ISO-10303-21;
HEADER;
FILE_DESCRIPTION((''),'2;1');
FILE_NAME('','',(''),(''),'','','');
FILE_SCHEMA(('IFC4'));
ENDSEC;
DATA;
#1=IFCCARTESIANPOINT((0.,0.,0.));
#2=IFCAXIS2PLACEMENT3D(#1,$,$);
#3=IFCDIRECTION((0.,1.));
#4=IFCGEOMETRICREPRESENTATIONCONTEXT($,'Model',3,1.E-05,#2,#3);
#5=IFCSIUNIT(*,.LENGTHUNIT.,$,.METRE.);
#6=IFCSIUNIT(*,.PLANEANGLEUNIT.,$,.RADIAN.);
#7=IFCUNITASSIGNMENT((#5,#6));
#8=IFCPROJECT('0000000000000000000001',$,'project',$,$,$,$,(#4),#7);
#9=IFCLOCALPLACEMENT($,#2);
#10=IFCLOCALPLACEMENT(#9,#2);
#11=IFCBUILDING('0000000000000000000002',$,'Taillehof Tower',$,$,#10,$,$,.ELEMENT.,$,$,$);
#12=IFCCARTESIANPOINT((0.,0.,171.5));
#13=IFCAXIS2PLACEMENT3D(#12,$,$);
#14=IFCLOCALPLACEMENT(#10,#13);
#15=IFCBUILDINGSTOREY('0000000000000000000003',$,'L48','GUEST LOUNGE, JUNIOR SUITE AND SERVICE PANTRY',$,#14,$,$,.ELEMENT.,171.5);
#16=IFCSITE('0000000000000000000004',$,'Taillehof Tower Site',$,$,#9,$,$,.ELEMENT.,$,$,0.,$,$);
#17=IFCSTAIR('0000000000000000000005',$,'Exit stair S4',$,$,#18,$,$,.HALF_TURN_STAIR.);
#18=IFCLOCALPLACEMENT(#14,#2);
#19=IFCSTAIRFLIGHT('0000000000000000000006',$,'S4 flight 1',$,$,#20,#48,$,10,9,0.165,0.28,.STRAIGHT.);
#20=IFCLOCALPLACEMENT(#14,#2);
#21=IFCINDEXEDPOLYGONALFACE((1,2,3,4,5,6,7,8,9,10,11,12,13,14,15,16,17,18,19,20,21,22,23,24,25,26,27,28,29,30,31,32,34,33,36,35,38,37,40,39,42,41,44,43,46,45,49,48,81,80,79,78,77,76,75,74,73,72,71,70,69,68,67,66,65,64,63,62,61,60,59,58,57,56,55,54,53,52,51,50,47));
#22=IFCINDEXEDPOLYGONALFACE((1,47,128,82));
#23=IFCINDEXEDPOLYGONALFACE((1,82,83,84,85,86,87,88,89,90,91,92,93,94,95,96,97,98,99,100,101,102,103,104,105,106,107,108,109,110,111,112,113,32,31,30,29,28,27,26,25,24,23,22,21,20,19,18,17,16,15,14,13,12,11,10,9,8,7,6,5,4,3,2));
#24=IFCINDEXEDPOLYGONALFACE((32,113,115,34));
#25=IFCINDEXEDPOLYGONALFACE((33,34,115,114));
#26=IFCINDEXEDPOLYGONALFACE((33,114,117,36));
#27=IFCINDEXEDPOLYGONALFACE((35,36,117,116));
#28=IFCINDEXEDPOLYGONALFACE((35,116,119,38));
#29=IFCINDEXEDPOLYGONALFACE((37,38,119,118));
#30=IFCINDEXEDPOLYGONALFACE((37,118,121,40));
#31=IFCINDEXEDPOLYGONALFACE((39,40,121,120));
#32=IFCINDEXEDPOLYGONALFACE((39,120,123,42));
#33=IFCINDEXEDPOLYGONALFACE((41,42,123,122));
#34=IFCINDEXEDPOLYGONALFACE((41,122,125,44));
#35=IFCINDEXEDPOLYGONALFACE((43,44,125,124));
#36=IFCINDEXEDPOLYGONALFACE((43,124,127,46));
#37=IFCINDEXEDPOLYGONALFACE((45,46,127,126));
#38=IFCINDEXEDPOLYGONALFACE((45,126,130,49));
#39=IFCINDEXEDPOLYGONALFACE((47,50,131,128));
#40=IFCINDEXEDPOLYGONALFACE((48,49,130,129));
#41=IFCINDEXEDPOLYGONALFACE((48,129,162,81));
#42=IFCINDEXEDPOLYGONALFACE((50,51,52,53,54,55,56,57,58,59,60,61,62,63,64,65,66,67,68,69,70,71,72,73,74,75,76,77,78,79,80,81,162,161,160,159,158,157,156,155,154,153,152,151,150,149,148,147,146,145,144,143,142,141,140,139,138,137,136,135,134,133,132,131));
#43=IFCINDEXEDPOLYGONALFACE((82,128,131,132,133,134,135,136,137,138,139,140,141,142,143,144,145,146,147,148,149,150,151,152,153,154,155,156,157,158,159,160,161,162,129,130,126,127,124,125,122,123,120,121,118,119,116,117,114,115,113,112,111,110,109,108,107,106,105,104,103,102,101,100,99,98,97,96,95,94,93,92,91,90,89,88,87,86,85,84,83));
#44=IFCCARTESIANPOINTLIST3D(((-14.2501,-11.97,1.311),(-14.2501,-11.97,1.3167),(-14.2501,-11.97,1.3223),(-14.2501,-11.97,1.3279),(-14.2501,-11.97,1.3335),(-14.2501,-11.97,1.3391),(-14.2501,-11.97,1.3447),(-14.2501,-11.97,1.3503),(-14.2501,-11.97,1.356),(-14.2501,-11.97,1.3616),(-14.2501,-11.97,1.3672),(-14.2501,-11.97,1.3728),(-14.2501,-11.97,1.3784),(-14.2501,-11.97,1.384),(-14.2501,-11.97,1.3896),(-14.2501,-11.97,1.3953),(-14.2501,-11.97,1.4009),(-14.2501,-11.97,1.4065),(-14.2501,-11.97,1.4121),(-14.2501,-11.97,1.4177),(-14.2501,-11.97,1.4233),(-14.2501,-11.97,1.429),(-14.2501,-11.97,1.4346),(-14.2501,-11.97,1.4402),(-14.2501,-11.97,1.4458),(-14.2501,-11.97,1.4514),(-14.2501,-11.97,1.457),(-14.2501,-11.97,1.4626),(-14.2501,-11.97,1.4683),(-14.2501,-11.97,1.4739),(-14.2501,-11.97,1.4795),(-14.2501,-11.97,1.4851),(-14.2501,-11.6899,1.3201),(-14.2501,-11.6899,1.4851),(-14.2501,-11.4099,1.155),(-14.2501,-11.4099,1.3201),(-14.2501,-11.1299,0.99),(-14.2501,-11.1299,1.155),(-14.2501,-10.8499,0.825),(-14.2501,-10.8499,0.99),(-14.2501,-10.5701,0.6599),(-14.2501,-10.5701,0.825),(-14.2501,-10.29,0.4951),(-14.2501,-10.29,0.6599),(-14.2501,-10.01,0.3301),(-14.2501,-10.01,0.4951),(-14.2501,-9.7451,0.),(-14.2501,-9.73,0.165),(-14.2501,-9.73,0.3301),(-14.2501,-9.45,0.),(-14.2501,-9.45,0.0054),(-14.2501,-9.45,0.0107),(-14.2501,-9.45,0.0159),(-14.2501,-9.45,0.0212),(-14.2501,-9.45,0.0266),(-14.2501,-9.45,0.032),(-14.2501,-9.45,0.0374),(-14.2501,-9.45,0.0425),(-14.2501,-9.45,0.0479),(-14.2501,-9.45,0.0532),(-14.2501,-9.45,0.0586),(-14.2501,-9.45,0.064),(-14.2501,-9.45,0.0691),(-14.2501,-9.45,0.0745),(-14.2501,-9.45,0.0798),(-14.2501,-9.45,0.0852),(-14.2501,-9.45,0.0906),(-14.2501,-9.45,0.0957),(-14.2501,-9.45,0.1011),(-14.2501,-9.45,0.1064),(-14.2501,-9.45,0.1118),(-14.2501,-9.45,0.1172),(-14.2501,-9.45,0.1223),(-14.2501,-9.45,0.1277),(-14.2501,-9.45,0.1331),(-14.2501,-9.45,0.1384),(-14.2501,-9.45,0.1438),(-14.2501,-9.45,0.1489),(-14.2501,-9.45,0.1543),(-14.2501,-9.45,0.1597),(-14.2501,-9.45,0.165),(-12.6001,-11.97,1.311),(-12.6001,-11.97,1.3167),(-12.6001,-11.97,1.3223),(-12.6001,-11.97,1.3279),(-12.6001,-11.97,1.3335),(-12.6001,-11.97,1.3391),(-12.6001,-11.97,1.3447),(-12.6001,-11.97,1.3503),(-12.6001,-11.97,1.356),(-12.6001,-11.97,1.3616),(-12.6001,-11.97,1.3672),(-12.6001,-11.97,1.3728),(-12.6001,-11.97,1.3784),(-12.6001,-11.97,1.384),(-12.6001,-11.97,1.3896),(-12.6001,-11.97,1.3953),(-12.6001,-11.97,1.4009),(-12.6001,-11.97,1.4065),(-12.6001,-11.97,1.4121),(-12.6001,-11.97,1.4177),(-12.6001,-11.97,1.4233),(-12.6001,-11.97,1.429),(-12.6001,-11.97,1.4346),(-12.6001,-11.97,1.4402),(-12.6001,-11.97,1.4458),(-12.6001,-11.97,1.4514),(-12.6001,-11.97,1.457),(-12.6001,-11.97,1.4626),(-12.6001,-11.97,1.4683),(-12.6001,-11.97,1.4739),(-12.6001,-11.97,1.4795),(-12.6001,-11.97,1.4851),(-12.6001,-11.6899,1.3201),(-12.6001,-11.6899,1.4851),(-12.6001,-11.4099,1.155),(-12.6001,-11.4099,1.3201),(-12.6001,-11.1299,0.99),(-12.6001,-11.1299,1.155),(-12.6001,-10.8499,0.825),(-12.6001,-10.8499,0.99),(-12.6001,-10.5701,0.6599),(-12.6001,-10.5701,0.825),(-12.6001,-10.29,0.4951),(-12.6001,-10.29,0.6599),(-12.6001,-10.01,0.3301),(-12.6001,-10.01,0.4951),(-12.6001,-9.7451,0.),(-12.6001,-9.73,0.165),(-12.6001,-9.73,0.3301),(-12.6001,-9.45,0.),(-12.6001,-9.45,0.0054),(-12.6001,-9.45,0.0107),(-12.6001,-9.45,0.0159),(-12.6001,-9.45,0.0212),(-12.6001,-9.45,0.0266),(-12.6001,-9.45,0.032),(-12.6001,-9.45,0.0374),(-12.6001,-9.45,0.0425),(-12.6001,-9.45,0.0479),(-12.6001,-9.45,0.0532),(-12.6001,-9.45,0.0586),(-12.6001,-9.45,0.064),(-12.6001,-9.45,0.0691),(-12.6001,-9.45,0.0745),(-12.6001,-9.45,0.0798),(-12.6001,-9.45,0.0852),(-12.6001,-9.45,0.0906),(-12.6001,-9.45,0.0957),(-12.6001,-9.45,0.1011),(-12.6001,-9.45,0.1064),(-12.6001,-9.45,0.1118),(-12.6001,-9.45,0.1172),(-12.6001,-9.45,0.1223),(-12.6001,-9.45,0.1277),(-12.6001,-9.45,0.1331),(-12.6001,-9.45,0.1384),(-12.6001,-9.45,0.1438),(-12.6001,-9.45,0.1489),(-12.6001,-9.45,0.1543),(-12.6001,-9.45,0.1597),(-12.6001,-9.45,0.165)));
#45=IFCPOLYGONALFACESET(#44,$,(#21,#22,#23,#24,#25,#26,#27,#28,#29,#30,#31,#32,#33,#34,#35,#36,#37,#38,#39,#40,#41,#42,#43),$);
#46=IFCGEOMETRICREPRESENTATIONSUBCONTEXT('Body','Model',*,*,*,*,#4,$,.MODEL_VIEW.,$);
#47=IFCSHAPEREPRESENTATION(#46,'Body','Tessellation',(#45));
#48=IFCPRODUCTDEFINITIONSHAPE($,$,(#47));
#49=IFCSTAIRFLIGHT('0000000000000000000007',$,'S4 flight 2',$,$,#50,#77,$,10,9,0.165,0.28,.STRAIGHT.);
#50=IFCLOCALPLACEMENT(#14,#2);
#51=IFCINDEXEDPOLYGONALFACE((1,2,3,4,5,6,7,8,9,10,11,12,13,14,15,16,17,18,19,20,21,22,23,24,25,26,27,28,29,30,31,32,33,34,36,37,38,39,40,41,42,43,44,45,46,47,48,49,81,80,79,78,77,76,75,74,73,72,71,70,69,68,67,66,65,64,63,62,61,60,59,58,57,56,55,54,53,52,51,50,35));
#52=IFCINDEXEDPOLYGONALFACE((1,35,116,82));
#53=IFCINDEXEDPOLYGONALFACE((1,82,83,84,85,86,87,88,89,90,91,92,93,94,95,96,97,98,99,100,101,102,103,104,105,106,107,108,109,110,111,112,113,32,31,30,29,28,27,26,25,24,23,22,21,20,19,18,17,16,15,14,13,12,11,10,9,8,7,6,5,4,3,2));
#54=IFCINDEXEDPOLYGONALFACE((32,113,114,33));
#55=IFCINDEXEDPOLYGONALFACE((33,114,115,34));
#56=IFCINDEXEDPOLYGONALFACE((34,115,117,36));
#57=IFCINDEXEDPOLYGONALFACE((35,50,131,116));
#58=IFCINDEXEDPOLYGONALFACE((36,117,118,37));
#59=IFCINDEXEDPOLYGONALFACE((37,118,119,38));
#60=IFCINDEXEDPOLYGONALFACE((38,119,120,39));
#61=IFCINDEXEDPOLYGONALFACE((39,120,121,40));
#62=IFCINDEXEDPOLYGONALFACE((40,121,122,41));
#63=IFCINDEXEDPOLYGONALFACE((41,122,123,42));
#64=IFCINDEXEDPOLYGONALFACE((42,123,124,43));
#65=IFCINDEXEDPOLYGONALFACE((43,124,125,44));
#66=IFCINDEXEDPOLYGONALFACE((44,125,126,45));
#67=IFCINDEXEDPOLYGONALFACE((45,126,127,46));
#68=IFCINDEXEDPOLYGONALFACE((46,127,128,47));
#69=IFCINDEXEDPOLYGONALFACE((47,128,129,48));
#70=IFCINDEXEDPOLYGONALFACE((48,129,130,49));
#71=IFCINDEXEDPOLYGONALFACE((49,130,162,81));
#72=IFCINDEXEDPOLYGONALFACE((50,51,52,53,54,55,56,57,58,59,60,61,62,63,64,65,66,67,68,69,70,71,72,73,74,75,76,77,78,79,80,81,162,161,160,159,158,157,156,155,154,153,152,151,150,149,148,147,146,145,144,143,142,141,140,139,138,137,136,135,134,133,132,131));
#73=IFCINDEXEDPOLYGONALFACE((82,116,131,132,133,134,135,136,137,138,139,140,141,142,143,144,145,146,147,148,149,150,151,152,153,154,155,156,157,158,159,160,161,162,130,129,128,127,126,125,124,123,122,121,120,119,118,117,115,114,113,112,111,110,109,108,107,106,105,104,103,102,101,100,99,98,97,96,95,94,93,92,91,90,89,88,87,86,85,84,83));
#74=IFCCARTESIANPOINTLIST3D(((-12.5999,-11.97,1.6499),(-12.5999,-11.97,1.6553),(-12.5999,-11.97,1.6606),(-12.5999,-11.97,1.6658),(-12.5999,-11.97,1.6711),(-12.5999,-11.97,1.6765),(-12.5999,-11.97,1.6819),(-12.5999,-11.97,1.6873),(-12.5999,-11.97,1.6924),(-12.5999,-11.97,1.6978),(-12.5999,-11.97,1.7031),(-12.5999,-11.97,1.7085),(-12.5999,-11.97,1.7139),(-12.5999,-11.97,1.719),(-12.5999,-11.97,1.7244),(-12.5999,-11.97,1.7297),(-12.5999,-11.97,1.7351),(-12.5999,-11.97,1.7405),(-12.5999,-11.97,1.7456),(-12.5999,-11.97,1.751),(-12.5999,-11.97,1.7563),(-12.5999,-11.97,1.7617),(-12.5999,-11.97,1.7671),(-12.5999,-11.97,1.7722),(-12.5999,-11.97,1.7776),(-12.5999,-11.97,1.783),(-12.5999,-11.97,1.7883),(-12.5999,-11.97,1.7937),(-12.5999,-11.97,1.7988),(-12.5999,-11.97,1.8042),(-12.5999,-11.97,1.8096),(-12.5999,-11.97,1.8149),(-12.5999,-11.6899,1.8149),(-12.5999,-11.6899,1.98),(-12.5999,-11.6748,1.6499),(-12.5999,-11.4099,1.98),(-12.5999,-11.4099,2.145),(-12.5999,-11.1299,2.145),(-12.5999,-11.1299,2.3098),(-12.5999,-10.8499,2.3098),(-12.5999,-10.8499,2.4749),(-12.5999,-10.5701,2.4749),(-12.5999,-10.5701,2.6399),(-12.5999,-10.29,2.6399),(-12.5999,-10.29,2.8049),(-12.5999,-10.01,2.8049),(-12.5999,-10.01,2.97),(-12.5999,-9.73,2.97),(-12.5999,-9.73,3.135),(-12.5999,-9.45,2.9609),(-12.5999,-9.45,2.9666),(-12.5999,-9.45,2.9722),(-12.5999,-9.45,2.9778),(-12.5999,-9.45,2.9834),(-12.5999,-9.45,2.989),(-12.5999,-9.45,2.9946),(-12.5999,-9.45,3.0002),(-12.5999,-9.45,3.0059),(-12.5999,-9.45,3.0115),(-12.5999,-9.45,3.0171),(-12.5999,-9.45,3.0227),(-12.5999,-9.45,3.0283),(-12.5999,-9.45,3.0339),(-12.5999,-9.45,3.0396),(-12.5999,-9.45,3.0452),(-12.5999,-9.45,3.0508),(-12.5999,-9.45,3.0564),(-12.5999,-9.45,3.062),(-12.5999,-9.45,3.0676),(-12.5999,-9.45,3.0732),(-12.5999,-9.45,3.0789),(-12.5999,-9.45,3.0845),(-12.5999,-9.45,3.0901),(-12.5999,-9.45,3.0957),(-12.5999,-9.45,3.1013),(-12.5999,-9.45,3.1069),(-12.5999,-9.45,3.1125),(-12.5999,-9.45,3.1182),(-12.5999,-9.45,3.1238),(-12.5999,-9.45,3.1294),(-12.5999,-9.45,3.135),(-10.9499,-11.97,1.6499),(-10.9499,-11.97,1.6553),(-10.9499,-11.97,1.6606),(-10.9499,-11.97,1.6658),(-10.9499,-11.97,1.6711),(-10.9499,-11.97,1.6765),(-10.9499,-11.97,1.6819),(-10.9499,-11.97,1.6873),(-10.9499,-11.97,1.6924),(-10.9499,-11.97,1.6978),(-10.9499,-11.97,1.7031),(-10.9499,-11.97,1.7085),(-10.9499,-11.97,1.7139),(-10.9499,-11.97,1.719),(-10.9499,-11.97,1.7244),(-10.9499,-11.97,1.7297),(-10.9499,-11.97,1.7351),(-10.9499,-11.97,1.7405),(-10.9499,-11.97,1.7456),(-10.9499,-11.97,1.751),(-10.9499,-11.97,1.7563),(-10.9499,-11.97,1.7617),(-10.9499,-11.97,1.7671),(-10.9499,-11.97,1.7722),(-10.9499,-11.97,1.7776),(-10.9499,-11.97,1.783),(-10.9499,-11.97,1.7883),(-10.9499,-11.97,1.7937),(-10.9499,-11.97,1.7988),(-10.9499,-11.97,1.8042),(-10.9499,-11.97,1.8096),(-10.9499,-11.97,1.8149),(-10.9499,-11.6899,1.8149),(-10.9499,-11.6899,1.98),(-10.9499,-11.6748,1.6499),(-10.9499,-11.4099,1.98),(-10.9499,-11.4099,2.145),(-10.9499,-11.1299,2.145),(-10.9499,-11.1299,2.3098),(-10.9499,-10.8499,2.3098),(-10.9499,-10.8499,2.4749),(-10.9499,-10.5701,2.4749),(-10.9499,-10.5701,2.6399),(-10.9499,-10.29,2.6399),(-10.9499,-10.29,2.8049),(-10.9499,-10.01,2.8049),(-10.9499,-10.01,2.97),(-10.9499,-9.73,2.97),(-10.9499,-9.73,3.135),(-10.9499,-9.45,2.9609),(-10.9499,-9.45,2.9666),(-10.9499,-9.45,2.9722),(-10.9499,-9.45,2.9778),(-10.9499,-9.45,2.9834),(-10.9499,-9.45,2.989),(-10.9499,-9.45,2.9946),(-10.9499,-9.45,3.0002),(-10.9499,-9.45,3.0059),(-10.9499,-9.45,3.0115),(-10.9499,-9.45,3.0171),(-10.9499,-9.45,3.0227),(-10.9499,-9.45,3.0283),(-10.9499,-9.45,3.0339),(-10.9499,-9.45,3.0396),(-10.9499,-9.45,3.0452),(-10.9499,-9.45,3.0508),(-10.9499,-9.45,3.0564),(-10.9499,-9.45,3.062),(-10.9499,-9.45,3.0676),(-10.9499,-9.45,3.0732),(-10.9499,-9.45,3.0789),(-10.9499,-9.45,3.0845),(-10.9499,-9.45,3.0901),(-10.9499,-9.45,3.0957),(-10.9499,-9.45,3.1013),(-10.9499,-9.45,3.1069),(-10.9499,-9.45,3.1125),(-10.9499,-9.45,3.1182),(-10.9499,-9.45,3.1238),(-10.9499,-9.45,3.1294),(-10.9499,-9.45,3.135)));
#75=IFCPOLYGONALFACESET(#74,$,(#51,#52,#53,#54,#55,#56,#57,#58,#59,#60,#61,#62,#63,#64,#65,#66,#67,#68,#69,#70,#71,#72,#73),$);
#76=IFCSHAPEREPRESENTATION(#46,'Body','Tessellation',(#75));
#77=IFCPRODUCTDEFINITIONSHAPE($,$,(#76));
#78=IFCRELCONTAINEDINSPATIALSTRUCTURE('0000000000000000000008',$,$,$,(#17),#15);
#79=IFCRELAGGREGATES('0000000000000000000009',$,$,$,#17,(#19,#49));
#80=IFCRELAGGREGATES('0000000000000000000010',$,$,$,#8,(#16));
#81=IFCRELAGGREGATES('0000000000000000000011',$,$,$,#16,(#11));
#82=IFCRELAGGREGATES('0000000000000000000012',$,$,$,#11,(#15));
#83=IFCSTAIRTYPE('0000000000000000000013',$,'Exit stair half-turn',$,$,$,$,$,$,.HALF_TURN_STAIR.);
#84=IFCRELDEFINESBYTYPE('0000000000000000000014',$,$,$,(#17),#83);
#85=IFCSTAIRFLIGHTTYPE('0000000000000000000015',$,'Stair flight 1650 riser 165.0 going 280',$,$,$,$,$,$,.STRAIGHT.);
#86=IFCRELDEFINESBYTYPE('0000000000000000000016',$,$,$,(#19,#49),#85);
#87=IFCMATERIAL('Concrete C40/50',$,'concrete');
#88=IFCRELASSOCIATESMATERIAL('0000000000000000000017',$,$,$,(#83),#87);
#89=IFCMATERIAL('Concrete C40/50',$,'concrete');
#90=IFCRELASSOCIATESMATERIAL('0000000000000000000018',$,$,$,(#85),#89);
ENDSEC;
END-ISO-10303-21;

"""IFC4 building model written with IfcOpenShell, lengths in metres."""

from ifc_helpers import new_model, si_unit, direction, frame, origin, place, context, subcontext, project, spatial, polyline, outline, extrude, material, type_object, element, aggregate, save


model = new_model("IFC4")

# Units and contexts
model_context = context("Model", 3, precision=1e-05, world=origin(), true_north=direction((0.0, 1.0)))
body_context = subcontext(model_context, "Body", "Model", "MODEL_VIEW")
ifc_project = project(units=[si_unit("LENGTHUNIT", "METRE"), si_unit("PLANEANGLEUNIT", "RADIAN")], contexts=[model_context])

# Site, building, storey
site_placement = place(None, origin())
site = spatial("IfcSite", under=ifc_project, at=site_placement, Name="Taillehof Tower Site", CompositionType="ELEMENT", RefElevation=0.0)
building_placement = place(site_placement, origin())
building = spatial("IfcBuilding", under=site, at=building_placement, Name="Taillehof Tower", CompositionType="ELEMENT")
storey_placement = place(building_placement, frame((0.0, 0.0, 171.5)))
storey = spatial("IfcBuildingStorey", under=building, at=storey_placement, Name="L48", Description="GUEST LOUNGE, JUNIOR SUITE AND SERVICE PANTRY", CompositionType="ELEMENT", Elevation=171.5)

# Stair, stair flights
ifc_material_1 = material(Name="Concrete C40/50", Category="concrete")
stair_type = type_object("IfcStairType", Name="Exit stair half-turn", PredefinedType="HALF_TURN_STAIR", material=ifc_material_1)
stair_placement = place(storey_placement, origin())
stair = element("IfcStair", 1, at=stair_placement, inside=storey, type_object=stair_type, Name="Exit stair S4", PredefinedType="HALF_TURN_STAIR")
ifc_material_2 = material(Name="Concrete C40/50", Category="concrete")
stair_flight_type = type_object("IfcStairFlightType", Name="Stair flight 1650 riser 165.0 going 280", PredefinedType="STRAIGHT", material=ifc_material_2)
stair_flight_1_placement = place(storey_placement, frame((-13.425, -9.45, 0.0), z_axis=(0.0, 0.0, 1.0), x_axis=(0.0, -1.0, 0.0)))
stair_flight_1 = element("IfcStairFlight", 2, at=stair_flight_1_placement, type_object=stair_flight_type, Name="S4 flight 1", NumberOfRisers=10, NumberOfTreads=9, PredefinedType="STRAIGHT", RiserHeight=0.165, TreadLength=0.28, context=body_context, shape_type="SweptSolid", body=[
    extrude(outline(polyline([(0.0, 0.0), (0.0, 0.0054), (0.0, 0.0107), (0.0, 0.0159), (0.0, 0.0212), (0.0, 0.0266), (0.0, 0.032), (0.0, 0.0374), (0.0, 0.0425), (0.0, 0.0479), (0.0, 0.0532), (0.0, 0.0586), (0.0, 0.064), (0.0, 0.0691), (0.0, 0.0745), (0.0, 0.0798), (0.0, 0.0852), (0.0, 0.0906), (0.0, 0.0957), (0.0, 0.1011), (0.0, 0.1064), (0.0, 0.1118), (0.0, 0.1172), (0.0, 0.1223), (0.0, 0.1277), (0.0, 0.1331), (0.0, 0.1384), (0.0, 0.1438), (0.0, 0.1489), (0.0, 0.1543), (0.0, 0.1597), (0.0, 0.165), (0.28, 0.165), (0.28, 0.3301), (0.5601, 0.3301), (0.5601, 0.4951), (0.8401, 0.4951), (0.8401, 0.6599), (1.1201, 0.6599), (1.1201, 0.825), (1.3999, 0.825), (1.3999, 0.99), (1.6799, 0.99), (1.6799, 1.155), (1.96, 1.155), (1.96, 1.3201), (2.24, 1.3201), (2.24, 1.4851), (2.52, 1.4851), (2.52, 1.4795), (2.52, 1.4739), (2.52, 1.4683), (2.52, 1.4626), (2.52, 1.457), (2.52, 1.4514), (2.52, 1.4458), (2.52, 1.4402), (2.52, 1.4346), (2.52, 1.429), (2.52, 1.4233), (2.52, 1.4177), (2.52, 1.4121), (2.52, 1.4065), (2.52, 1.4009), (2.52, 1.3953), (2.52, 1.3896), (2.52, 1.384), (2.52, 1.3784), (2.52, 1.3728), (2.52, 1.3672), (2.52, 1.3616), (2.52, 1.356), (2.52, 1.3503), (2.52, 1.3447), (2.52, 1.3391), (2.52, 1.3335), (2.52, 1.3279), (2.52, 1.3223), (2.52, 1.3167), (2.52, 1.311), (0.2952, 0.0), (0.0, 0.0)])), frame((0.0, 0.825, 0.0), z_axis=(0.0, -1.0, 0.0), x_axis=(1.0, 0.0, 0.0)), (0.0, 0.0, 1.0), 1.65),
])
stair_flight_2_placement = place(storey_placement, frame((-11.7749, -11.97, 1.6499), z_axis=(0.0, 0.0, 1.0), x_axis=(0.0, 1.0, 0.0)))
stair_flight_2 = element("IfcStairFlight", 3, at=stair_flight_2_placement, type_object=stair_flight_type, Name="S4 flight 2", NumberOfRisers=10, NumberOfTreads=9, PredefinedType="STRAIGHT", RiserHeight=0.165, TreadLength=0.28, context=body_context, shape_type="SweptSolid", body=[
    extrude(outline(polyline([(0.0, 0.0), (0.0, 0.0054), (0.0, 0.0107), (0.0, 0.0159), (0.0, 0.0212), (0.0, 0.0266), (0.0, 0.032), (0.0, 0.0374), (0.0, 0.0425), (0.0, 0.0479), (0.0, 0.0532), (0.0, 0.0586), (0.0, 0.064), (0.0, 0.0691), (0.0, 0.0745), (0.0, 0.0798), (0.0, 0.0852), (0.0, 0.0906), (0.0, 0.0957), (0.0, 0.1011), (0.0, 0.1064), (0.0, 0.1118), (0.0, 0.1172), (0.0, 0.1223), (0.0, 0.1277), (0.0, 0.1331), (0.0, 0.1384), (0.0, 0.1438), (0.0, 0.1489), (0.0, 0.1543), (0.0, 0.1597), (0.0, 0.165), (0.28, 0.165), (0.28, 0.3301), (0.5601, 0.3301), (0.5601, 0.4951), (0.8401, 0.4951), (0.8401, 0.6599), (1.1201, 0.6599), (1.1201, 0.825), (1.3999, 0.825), (1.3999, 0.99), (1.6799, 0.99), (1.6799, 1.155), (1.96, 1.155), (1.96, 1.3201), (2.24, 1.3201), (2.24, 1.4851), (2.52, 1.4851), (2.52, 1.4795), (2.52, 1.4739), (2.52, 1.4683), (2.52, 1.4626), (2.52, 1.457), (2.52, 1.4514), (2.52, 1.4458), (2.52, 1.4402), (2.52, 1.4346), (2.52, 1.429), (2.52, 1.4233), (2.52, 1.4177), (2.52, 1.4121), (2.52, 1.4065), (2.52, 1.4009), (2.52, 1.3953), (2.52, 1.3896), (2.52, 1.384), (2.52, 1.3784), (2.52, 1.3728), (2.52, 1.3672), (2.52, 1.3616), (2.52, 1.356), (2.52, 1.3503), (2.52, 1.3447), (2.52, 1.3391), (2.52, 1.3335), (2.52, 1.3279), (2.52, 1.3223), (2.52, 1.3167), (2.52, 1.311), (0.2952, 0.0), (0.0, 0.0)])), frame((0.0, 0.825, 0.0), z_axis=(0.0, -1.0, 0.0), x_axis=(1.0, 0.0, 0.0)), (0.0, 0.0, 1.0), 1.65),
])
aggregate(stair, [stair_flight_1, stair_flight_2])

save(model, "model.ifc")
